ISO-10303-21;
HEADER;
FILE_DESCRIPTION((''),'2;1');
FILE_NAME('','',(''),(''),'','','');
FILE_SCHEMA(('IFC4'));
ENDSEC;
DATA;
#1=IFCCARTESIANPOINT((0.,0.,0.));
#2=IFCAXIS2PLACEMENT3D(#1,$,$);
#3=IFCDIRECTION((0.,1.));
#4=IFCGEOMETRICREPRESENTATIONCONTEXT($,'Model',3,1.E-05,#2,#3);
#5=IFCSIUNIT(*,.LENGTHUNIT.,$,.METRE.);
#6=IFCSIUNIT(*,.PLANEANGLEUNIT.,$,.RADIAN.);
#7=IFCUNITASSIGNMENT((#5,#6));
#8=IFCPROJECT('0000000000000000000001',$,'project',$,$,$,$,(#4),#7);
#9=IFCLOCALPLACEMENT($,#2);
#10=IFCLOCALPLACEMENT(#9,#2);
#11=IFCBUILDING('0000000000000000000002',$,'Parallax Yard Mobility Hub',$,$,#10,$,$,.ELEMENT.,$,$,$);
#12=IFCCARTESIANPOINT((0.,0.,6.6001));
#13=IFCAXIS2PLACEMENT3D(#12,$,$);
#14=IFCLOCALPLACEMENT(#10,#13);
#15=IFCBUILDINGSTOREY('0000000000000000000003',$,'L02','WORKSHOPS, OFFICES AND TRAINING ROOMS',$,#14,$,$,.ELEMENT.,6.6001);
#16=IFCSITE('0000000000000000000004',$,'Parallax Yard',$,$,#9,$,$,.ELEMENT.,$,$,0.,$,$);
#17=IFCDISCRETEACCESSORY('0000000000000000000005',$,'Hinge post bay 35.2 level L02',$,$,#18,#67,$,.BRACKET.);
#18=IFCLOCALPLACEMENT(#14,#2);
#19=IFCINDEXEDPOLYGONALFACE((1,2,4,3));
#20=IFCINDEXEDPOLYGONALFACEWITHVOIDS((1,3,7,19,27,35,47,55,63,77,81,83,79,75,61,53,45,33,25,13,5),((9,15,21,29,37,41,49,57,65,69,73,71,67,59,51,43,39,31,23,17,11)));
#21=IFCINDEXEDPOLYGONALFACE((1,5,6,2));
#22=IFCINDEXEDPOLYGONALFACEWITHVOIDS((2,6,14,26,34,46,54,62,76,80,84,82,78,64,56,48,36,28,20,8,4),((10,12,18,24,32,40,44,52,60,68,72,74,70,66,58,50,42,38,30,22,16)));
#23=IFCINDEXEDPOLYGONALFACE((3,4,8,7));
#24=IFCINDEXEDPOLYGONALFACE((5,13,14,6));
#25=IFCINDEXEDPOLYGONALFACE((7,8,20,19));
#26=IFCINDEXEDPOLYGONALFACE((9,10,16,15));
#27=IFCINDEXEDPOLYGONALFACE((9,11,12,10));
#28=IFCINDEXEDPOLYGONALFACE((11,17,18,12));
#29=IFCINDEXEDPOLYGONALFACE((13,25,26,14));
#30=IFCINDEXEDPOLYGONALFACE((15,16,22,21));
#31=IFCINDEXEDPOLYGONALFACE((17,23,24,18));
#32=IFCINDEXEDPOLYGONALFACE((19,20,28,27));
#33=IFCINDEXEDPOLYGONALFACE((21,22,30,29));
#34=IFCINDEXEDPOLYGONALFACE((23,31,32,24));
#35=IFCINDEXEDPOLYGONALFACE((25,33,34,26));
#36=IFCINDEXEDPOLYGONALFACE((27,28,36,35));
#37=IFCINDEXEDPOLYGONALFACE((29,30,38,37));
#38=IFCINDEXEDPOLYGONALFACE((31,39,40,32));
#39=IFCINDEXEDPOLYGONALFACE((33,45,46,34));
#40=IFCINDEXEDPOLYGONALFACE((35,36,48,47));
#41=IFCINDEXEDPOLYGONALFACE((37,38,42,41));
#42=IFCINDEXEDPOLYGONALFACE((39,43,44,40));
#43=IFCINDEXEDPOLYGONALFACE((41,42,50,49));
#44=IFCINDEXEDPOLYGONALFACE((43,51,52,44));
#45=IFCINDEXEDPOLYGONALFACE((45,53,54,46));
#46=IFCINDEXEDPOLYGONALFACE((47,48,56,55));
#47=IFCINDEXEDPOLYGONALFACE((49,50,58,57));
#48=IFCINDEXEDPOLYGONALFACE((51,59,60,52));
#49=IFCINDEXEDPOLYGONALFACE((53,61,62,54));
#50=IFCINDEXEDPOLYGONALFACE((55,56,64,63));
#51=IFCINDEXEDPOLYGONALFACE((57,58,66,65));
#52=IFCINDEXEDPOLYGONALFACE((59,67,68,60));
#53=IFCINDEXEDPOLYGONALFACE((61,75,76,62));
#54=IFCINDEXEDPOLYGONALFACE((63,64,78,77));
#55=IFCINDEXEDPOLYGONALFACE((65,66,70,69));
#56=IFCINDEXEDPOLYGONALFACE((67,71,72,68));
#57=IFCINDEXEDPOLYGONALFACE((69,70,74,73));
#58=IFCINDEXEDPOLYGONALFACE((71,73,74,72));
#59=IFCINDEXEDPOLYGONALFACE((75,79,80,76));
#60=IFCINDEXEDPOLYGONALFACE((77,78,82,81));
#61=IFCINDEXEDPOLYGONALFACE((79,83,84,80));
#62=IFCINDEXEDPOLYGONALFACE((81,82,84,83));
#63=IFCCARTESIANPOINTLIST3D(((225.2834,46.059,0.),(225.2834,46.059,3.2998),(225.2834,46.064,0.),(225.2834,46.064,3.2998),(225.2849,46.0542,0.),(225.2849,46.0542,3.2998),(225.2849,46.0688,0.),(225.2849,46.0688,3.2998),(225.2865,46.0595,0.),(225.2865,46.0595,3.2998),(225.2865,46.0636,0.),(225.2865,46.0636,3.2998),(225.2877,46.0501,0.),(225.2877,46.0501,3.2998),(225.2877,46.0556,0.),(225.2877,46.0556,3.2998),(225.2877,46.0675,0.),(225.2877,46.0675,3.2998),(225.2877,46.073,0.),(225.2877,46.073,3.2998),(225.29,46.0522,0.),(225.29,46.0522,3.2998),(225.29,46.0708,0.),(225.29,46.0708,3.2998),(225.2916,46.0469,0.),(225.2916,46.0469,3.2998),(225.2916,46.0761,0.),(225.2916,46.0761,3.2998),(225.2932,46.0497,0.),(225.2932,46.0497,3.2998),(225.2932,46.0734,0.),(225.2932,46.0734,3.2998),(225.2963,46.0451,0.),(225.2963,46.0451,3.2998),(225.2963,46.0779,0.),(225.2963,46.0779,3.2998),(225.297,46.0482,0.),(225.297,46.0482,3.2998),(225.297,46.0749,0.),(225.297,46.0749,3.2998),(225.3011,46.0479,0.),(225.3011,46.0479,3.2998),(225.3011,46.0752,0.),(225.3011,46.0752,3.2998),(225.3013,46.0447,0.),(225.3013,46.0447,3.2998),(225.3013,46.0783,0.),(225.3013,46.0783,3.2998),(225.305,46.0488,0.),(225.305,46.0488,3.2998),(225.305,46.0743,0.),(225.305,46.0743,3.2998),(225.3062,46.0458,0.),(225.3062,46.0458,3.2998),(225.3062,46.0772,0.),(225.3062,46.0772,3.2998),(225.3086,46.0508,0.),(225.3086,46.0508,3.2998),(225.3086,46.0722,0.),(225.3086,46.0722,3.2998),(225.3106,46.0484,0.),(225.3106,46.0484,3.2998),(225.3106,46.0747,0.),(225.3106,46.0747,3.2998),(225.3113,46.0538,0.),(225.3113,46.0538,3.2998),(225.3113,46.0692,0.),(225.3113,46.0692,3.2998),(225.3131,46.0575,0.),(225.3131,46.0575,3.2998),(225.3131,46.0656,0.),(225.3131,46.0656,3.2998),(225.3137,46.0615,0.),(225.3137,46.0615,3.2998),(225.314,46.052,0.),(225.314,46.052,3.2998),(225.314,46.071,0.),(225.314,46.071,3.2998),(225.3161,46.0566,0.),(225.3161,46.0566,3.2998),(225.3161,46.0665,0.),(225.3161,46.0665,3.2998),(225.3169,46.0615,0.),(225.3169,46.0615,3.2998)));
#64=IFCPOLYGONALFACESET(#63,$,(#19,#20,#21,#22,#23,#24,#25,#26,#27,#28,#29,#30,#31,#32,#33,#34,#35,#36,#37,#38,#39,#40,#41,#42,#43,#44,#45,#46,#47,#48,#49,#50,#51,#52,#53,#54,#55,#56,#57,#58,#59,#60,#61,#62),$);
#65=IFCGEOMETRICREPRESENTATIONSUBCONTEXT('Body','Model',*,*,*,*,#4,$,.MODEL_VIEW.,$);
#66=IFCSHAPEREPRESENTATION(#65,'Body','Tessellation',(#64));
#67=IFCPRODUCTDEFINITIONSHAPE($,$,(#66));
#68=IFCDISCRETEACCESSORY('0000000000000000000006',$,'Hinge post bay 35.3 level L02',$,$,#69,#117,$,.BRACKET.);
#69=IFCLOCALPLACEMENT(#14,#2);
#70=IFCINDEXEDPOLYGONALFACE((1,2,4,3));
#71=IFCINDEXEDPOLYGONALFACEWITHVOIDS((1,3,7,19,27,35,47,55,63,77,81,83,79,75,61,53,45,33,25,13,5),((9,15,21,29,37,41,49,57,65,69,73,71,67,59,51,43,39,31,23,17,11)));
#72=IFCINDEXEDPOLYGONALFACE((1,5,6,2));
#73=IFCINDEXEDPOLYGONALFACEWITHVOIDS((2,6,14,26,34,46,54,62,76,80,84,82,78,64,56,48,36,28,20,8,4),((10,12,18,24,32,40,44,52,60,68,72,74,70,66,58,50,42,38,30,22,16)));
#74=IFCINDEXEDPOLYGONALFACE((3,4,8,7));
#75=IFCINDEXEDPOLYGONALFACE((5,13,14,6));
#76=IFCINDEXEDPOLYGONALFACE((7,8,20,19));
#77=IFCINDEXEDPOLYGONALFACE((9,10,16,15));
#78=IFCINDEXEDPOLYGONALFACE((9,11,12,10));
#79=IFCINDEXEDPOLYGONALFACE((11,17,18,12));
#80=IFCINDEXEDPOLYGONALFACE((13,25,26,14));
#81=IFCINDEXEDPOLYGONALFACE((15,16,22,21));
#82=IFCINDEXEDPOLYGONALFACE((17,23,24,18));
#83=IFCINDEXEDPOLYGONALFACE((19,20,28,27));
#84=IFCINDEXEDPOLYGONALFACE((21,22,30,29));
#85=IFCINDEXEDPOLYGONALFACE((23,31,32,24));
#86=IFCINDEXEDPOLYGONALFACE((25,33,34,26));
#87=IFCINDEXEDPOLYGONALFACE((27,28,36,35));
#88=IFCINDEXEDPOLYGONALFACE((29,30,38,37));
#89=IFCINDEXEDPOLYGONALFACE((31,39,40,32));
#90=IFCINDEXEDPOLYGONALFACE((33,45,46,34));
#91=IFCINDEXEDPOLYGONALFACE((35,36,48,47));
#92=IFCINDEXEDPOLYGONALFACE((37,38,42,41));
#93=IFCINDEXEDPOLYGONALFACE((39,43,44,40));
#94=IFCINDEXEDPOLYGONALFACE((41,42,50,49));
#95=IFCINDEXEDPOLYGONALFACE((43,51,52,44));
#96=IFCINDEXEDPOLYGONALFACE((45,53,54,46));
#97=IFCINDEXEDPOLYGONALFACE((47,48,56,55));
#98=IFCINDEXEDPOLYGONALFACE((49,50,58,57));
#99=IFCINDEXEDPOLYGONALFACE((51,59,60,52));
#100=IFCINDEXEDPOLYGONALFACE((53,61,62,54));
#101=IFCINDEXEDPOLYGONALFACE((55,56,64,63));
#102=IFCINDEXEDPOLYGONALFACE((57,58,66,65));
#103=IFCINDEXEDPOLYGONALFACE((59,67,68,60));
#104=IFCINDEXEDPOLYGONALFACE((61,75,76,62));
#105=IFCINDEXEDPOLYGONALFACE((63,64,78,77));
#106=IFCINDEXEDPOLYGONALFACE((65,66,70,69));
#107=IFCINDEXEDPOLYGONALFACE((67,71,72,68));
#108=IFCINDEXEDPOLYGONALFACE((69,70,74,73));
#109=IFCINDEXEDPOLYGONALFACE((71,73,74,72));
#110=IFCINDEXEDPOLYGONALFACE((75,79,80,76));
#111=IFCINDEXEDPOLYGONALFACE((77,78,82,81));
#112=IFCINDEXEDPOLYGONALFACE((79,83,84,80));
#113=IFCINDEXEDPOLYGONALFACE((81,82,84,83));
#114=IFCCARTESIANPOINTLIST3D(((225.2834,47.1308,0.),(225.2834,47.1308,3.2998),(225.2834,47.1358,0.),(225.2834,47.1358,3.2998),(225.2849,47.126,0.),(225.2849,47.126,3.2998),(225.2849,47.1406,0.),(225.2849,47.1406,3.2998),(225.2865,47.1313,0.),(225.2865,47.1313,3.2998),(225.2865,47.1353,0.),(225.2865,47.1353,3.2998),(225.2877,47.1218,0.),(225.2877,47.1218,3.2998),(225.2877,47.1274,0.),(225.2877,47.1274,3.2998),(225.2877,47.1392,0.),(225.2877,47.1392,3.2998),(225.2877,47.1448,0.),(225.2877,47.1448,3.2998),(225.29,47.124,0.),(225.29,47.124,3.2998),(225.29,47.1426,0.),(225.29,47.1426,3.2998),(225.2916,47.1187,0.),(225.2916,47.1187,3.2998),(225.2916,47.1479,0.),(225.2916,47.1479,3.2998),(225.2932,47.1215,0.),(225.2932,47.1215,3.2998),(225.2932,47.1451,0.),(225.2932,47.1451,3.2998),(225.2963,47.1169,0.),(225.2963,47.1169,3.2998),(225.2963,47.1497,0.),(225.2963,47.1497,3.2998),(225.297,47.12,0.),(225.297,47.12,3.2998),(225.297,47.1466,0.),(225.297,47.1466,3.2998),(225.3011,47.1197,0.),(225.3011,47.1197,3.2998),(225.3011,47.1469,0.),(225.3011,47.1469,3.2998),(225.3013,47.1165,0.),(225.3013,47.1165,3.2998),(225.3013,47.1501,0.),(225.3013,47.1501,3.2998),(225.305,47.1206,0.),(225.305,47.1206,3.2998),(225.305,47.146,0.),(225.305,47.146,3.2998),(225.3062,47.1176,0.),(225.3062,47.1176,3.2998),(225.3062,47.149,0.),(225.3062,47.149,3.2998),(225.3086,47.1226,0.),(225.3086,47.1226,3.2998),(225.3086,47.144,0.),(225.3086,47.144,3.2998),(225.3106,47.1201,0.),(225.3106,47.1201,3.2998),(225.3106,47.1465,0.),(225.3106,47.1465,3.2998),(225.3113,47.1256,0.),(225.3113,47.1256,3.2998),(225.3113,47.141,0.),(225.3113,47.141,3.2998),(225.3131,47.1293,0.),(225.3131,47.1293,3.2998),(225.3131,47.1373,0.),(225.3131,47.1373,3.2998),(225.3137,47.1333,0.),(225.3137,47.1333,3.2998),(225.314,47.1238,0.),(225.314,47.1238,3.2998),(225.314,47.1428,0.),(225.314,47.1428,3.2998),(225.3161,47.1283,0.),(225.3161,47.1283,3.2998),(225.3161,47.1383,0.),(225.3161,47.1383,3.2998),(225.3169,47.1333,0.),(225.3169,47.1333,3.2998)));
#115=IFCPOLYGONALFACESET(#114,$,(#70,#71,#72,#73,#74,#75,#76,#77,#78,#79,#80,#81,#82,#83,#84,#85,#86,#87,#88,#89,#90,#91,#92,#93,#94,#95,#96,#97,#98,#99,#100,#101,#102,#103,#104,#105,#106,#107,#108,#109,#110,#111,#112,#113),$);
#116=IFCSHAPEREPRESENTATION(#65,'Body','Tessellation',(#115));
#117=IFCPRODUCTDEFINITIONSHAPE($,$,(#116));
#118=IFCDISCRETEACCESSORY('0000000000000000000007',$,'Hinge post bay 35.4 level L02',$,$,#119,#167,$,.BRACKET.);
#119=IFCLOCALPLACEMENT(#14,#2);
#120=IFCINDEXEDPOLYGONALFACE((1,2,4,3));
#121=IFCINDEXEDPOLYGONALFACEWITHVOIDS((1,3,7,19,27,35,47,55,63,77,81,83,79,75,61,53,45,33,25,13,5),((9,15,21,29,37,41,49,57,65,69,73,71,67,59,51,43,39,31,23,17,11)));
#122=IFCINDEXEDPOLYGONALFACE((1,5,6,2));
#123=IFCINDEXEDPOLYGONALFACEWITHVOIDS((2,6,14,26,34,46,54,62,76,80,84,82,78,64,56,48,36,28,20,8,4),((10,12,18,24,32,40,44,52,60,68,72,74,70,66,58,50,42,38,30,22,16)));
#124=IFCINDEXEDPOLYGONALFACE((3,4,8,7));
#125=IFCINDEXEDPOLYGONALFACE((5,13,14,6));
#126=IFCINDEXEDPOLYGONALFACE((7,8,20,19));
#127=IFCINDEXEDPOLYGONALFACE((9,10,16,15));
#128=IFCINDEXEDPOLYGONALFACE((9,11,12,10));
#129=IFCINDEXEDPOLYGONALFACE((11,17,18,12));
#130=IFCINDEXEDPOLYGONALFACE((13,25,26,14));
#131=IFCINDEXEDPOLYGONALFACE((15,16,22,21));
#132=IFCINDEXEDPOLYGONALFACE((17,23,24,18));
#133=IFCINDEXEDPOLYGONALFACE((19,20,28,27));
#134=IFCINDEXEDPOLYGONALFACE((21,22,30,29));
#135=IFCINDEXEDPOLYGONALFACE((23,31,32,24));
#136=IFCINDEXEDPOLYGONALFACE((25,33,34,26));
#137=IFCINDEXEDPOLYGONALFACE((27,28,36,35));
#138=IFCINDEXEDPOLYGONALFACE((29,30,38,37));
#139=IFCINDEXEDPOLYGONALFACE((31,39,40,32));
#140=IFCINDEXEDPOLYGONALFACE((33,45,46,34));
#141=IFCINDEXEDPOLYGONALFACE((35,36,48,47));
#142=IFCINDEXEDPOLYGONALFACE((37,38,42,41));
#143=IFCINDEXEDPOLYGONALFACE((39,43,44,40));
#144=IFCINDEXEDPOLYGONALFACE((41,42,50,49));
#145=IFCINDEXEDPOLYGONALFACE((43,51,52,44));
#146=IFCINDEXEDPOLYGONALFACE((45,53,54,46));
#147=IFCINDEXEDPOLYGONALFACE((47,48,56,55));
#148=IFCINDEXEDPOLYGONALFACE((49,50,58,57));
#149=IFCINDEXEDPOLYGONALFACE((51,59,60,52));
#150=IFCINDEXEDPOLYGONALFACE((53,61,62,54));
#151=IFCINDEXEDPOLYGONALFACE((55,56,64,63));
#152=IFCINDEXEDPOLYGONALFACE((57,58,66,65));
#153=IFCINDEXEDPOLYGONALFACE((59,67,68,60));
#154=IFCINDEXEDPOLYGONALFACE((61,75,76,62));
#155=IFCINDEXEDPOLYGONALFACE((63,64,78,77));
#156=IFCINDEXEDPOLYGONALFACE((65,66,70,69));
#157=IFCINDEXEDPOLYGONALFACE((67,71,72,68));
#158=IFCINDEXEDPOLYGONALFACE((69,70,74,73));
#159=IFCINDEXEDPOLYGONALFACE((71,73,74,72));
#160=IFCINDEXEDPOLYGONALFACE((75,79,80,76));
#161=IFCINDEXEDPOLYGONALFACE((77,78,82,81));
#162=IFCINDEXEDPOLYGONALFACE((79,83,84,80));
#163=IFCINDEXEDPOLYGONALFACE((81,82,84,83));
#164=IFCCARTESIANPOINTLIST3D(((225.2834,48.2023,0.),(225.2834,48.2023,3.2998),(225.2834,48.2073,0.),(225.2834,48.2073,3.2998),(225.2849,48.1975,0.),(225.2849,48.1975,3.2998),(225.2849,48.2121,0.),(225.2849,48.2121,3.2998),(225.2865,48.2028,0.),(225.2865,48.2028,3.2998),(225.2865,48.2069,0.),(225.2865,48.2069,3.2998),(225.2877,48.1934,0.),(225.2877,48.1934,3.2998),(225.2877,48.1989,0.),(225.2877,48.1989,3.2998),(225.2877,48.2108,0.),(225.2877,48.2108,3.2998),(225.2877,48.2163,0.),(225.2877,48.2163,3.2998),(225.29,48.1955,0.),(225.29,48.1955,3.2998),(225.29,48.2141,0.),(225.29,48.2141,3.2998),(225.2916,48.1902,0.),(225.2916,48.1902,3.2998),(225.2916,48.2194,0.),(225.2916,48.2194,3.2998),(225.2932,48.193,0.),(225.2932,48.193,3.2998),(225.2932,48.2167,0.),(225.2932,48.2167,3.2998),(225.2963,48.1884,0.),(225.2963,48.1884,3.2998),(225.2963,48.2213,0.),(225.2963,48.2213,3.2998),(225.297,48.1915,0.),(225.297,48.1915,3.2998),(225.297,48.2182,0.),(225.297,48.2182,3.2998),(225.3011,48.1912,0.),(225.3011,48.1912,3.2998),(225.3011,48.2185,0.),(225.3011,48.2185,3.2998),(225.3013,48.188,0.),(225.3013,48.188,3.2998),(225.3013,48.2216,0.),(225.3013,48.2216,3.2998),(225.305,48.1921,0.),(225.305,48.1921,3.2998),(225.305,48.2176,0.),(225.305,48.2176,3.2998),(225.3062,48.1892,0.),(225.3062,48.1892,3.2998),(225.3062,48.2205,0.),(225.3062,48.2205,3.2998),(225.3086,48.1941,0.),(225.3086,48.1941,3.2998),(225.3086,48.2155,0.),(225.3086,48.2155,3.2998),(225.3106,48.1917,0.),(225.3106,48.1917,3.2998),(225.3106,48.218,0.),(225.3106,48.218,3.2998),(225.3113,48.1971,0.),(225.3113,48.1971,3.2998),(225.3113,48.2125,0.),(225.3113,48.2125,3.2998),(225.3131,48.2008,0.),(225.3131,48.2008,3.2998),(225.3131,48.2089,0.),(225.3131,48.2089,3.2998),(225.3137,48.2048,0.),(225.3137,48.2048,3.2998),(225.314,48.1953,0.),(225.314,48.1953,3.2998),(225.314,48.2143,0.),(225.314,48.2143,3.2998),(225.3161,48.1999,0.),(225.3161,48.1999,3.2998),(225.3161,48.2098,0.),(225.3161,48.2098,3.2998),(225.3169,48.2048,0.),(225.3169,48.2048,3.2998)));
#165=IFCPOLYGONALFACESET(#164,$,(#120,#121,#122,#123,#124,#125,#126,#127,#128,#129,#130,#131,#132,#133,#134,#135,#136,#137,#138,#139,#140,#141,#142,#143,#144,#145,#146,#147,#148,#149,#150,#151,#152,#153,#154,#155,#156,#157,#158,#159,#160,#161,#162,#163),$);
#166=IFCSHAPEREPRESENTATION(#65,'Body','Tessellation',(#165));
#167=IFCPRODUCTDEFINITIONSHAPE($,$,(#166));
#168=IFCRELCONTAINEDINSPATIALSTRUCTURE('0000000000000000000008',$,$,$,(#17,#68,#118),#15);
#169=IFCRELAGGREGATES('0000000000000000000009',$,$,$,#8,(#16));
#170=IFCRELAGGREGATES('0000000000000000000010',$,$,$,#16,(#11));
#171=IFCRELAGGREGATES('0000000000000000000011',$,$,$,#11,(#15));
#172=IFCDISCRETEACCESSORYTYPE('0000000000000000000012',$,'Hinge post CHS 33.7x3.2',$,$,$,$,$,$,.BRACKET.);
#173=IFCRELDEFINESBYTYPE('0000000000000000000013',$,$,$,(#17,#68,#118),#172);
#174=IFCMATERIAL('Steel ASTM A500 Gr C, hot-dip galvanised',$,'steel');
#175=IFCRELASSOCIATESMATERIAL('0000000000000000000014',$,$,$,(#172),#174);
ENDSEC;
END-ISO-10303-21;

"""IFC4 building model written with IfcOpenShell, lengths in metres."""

from ifc_helpers import new_model, si_unit, direction, frame, origin, origin_2d, place, context, subcontext, project, spatial, hollow_circle, extrude, material, material_profile, profile_set, type_object, element, save


model = new_model("IFC4")

# Units and contexts
model_context = context("Model", 3, precision=1e-05, world=origin(), true_north=direction((0.0, 1.0)))
body_context = subcontext(model_context, "Body", "Model", "MODEL_VIEW")
ifc_project = project(units=[si_unit("LENGTHUNIT", "METRE"), si_unit("PLANEANGLEUNIT", "RADIAN")], contexts=[model_context])

# Site, building, storey
site_placement = place(None, origin())
site = spatial("IfcSite", under=ifc_project, at=site_placement, Name="Parallax Yard", CompositionType="ELEMENT", RefElevation=0.0)
building_placement = place(site_placement, origin())
building = spatial("IfcBuilding", under=site, at=building_placement, Name="Parallax Yard Mobility Hub", CompositionType="ELEMENT")
storey_placement = place(building_placement, frame((0.0, 0.0, 6.6001)))
storey = spatial("IfcBuildingStorey", under=building, at=storey_placement, Name="L02", Description="WORKSHOPS, OFFICES AND TRAINING ROOMS", CompositionType="ELEMENT", Elevation=6.6001)

# Discrete accessories
ifc_material_1 = material(Name="Steel ASTM A500 Gr C, hot-dip galvanised", Category="steel")
ifc_material_profile_1 = material_profile(ifc_material_1, hollow_circle(Radius=0.0168, WallThickness=0.0032, at=origin_2d()), Name="CHS 33.7x3.2")
ifc_profile_set_1 = profile_set([ifc_material_profile_1], Name="Steel ASTM A500 Gr C, hot-dip galvanised")
discrete_accessory_type_1 = type_object("IfcDiscreteAccessoryType", Name="Hinge post CHS 33.7x3.2", PredefinedType="BRACKET", material=ifc_profile_set_1)
for number, where, z_axis, x_axis, name in (
    (1, (225.3, 46.0615, 0.0), (0.0, 0.0, 1.0), (1.0, 0.0, 0.0), "Hinge post bay 35.2 level L02"),
    (2, (225.3, 47.1333, 0.0), (0.0, 0.0, 1.0), (1.0, 0.0, 0.0), "Hinge post bay 35.3 level L02"),
    (3, (225.3, 48.2048, 0.0), (0.0, 0.0, 1.0), (1.0, 0.0, 0.0), "Hinge post bay 35.4 level L02"),
):
    element("IfcDiscreteAccessory", number, at=place(storey_placement, frame(where, z_axis=z_axis, x_axis=x_axis)), inside=storey, type_object=discrete_accessory_type_1, Name=name, PredefinedType="BRACKET", context=body_context, shape_type="SweptSolid", body=[
        extrude(hollow_circle(Radius=0.0168, WallThickness=0.0032, at=origin_2d()), origin(), (0.0, 0.0, 1.0), 3.2998),
    ])

save(model, "model.ifc")
